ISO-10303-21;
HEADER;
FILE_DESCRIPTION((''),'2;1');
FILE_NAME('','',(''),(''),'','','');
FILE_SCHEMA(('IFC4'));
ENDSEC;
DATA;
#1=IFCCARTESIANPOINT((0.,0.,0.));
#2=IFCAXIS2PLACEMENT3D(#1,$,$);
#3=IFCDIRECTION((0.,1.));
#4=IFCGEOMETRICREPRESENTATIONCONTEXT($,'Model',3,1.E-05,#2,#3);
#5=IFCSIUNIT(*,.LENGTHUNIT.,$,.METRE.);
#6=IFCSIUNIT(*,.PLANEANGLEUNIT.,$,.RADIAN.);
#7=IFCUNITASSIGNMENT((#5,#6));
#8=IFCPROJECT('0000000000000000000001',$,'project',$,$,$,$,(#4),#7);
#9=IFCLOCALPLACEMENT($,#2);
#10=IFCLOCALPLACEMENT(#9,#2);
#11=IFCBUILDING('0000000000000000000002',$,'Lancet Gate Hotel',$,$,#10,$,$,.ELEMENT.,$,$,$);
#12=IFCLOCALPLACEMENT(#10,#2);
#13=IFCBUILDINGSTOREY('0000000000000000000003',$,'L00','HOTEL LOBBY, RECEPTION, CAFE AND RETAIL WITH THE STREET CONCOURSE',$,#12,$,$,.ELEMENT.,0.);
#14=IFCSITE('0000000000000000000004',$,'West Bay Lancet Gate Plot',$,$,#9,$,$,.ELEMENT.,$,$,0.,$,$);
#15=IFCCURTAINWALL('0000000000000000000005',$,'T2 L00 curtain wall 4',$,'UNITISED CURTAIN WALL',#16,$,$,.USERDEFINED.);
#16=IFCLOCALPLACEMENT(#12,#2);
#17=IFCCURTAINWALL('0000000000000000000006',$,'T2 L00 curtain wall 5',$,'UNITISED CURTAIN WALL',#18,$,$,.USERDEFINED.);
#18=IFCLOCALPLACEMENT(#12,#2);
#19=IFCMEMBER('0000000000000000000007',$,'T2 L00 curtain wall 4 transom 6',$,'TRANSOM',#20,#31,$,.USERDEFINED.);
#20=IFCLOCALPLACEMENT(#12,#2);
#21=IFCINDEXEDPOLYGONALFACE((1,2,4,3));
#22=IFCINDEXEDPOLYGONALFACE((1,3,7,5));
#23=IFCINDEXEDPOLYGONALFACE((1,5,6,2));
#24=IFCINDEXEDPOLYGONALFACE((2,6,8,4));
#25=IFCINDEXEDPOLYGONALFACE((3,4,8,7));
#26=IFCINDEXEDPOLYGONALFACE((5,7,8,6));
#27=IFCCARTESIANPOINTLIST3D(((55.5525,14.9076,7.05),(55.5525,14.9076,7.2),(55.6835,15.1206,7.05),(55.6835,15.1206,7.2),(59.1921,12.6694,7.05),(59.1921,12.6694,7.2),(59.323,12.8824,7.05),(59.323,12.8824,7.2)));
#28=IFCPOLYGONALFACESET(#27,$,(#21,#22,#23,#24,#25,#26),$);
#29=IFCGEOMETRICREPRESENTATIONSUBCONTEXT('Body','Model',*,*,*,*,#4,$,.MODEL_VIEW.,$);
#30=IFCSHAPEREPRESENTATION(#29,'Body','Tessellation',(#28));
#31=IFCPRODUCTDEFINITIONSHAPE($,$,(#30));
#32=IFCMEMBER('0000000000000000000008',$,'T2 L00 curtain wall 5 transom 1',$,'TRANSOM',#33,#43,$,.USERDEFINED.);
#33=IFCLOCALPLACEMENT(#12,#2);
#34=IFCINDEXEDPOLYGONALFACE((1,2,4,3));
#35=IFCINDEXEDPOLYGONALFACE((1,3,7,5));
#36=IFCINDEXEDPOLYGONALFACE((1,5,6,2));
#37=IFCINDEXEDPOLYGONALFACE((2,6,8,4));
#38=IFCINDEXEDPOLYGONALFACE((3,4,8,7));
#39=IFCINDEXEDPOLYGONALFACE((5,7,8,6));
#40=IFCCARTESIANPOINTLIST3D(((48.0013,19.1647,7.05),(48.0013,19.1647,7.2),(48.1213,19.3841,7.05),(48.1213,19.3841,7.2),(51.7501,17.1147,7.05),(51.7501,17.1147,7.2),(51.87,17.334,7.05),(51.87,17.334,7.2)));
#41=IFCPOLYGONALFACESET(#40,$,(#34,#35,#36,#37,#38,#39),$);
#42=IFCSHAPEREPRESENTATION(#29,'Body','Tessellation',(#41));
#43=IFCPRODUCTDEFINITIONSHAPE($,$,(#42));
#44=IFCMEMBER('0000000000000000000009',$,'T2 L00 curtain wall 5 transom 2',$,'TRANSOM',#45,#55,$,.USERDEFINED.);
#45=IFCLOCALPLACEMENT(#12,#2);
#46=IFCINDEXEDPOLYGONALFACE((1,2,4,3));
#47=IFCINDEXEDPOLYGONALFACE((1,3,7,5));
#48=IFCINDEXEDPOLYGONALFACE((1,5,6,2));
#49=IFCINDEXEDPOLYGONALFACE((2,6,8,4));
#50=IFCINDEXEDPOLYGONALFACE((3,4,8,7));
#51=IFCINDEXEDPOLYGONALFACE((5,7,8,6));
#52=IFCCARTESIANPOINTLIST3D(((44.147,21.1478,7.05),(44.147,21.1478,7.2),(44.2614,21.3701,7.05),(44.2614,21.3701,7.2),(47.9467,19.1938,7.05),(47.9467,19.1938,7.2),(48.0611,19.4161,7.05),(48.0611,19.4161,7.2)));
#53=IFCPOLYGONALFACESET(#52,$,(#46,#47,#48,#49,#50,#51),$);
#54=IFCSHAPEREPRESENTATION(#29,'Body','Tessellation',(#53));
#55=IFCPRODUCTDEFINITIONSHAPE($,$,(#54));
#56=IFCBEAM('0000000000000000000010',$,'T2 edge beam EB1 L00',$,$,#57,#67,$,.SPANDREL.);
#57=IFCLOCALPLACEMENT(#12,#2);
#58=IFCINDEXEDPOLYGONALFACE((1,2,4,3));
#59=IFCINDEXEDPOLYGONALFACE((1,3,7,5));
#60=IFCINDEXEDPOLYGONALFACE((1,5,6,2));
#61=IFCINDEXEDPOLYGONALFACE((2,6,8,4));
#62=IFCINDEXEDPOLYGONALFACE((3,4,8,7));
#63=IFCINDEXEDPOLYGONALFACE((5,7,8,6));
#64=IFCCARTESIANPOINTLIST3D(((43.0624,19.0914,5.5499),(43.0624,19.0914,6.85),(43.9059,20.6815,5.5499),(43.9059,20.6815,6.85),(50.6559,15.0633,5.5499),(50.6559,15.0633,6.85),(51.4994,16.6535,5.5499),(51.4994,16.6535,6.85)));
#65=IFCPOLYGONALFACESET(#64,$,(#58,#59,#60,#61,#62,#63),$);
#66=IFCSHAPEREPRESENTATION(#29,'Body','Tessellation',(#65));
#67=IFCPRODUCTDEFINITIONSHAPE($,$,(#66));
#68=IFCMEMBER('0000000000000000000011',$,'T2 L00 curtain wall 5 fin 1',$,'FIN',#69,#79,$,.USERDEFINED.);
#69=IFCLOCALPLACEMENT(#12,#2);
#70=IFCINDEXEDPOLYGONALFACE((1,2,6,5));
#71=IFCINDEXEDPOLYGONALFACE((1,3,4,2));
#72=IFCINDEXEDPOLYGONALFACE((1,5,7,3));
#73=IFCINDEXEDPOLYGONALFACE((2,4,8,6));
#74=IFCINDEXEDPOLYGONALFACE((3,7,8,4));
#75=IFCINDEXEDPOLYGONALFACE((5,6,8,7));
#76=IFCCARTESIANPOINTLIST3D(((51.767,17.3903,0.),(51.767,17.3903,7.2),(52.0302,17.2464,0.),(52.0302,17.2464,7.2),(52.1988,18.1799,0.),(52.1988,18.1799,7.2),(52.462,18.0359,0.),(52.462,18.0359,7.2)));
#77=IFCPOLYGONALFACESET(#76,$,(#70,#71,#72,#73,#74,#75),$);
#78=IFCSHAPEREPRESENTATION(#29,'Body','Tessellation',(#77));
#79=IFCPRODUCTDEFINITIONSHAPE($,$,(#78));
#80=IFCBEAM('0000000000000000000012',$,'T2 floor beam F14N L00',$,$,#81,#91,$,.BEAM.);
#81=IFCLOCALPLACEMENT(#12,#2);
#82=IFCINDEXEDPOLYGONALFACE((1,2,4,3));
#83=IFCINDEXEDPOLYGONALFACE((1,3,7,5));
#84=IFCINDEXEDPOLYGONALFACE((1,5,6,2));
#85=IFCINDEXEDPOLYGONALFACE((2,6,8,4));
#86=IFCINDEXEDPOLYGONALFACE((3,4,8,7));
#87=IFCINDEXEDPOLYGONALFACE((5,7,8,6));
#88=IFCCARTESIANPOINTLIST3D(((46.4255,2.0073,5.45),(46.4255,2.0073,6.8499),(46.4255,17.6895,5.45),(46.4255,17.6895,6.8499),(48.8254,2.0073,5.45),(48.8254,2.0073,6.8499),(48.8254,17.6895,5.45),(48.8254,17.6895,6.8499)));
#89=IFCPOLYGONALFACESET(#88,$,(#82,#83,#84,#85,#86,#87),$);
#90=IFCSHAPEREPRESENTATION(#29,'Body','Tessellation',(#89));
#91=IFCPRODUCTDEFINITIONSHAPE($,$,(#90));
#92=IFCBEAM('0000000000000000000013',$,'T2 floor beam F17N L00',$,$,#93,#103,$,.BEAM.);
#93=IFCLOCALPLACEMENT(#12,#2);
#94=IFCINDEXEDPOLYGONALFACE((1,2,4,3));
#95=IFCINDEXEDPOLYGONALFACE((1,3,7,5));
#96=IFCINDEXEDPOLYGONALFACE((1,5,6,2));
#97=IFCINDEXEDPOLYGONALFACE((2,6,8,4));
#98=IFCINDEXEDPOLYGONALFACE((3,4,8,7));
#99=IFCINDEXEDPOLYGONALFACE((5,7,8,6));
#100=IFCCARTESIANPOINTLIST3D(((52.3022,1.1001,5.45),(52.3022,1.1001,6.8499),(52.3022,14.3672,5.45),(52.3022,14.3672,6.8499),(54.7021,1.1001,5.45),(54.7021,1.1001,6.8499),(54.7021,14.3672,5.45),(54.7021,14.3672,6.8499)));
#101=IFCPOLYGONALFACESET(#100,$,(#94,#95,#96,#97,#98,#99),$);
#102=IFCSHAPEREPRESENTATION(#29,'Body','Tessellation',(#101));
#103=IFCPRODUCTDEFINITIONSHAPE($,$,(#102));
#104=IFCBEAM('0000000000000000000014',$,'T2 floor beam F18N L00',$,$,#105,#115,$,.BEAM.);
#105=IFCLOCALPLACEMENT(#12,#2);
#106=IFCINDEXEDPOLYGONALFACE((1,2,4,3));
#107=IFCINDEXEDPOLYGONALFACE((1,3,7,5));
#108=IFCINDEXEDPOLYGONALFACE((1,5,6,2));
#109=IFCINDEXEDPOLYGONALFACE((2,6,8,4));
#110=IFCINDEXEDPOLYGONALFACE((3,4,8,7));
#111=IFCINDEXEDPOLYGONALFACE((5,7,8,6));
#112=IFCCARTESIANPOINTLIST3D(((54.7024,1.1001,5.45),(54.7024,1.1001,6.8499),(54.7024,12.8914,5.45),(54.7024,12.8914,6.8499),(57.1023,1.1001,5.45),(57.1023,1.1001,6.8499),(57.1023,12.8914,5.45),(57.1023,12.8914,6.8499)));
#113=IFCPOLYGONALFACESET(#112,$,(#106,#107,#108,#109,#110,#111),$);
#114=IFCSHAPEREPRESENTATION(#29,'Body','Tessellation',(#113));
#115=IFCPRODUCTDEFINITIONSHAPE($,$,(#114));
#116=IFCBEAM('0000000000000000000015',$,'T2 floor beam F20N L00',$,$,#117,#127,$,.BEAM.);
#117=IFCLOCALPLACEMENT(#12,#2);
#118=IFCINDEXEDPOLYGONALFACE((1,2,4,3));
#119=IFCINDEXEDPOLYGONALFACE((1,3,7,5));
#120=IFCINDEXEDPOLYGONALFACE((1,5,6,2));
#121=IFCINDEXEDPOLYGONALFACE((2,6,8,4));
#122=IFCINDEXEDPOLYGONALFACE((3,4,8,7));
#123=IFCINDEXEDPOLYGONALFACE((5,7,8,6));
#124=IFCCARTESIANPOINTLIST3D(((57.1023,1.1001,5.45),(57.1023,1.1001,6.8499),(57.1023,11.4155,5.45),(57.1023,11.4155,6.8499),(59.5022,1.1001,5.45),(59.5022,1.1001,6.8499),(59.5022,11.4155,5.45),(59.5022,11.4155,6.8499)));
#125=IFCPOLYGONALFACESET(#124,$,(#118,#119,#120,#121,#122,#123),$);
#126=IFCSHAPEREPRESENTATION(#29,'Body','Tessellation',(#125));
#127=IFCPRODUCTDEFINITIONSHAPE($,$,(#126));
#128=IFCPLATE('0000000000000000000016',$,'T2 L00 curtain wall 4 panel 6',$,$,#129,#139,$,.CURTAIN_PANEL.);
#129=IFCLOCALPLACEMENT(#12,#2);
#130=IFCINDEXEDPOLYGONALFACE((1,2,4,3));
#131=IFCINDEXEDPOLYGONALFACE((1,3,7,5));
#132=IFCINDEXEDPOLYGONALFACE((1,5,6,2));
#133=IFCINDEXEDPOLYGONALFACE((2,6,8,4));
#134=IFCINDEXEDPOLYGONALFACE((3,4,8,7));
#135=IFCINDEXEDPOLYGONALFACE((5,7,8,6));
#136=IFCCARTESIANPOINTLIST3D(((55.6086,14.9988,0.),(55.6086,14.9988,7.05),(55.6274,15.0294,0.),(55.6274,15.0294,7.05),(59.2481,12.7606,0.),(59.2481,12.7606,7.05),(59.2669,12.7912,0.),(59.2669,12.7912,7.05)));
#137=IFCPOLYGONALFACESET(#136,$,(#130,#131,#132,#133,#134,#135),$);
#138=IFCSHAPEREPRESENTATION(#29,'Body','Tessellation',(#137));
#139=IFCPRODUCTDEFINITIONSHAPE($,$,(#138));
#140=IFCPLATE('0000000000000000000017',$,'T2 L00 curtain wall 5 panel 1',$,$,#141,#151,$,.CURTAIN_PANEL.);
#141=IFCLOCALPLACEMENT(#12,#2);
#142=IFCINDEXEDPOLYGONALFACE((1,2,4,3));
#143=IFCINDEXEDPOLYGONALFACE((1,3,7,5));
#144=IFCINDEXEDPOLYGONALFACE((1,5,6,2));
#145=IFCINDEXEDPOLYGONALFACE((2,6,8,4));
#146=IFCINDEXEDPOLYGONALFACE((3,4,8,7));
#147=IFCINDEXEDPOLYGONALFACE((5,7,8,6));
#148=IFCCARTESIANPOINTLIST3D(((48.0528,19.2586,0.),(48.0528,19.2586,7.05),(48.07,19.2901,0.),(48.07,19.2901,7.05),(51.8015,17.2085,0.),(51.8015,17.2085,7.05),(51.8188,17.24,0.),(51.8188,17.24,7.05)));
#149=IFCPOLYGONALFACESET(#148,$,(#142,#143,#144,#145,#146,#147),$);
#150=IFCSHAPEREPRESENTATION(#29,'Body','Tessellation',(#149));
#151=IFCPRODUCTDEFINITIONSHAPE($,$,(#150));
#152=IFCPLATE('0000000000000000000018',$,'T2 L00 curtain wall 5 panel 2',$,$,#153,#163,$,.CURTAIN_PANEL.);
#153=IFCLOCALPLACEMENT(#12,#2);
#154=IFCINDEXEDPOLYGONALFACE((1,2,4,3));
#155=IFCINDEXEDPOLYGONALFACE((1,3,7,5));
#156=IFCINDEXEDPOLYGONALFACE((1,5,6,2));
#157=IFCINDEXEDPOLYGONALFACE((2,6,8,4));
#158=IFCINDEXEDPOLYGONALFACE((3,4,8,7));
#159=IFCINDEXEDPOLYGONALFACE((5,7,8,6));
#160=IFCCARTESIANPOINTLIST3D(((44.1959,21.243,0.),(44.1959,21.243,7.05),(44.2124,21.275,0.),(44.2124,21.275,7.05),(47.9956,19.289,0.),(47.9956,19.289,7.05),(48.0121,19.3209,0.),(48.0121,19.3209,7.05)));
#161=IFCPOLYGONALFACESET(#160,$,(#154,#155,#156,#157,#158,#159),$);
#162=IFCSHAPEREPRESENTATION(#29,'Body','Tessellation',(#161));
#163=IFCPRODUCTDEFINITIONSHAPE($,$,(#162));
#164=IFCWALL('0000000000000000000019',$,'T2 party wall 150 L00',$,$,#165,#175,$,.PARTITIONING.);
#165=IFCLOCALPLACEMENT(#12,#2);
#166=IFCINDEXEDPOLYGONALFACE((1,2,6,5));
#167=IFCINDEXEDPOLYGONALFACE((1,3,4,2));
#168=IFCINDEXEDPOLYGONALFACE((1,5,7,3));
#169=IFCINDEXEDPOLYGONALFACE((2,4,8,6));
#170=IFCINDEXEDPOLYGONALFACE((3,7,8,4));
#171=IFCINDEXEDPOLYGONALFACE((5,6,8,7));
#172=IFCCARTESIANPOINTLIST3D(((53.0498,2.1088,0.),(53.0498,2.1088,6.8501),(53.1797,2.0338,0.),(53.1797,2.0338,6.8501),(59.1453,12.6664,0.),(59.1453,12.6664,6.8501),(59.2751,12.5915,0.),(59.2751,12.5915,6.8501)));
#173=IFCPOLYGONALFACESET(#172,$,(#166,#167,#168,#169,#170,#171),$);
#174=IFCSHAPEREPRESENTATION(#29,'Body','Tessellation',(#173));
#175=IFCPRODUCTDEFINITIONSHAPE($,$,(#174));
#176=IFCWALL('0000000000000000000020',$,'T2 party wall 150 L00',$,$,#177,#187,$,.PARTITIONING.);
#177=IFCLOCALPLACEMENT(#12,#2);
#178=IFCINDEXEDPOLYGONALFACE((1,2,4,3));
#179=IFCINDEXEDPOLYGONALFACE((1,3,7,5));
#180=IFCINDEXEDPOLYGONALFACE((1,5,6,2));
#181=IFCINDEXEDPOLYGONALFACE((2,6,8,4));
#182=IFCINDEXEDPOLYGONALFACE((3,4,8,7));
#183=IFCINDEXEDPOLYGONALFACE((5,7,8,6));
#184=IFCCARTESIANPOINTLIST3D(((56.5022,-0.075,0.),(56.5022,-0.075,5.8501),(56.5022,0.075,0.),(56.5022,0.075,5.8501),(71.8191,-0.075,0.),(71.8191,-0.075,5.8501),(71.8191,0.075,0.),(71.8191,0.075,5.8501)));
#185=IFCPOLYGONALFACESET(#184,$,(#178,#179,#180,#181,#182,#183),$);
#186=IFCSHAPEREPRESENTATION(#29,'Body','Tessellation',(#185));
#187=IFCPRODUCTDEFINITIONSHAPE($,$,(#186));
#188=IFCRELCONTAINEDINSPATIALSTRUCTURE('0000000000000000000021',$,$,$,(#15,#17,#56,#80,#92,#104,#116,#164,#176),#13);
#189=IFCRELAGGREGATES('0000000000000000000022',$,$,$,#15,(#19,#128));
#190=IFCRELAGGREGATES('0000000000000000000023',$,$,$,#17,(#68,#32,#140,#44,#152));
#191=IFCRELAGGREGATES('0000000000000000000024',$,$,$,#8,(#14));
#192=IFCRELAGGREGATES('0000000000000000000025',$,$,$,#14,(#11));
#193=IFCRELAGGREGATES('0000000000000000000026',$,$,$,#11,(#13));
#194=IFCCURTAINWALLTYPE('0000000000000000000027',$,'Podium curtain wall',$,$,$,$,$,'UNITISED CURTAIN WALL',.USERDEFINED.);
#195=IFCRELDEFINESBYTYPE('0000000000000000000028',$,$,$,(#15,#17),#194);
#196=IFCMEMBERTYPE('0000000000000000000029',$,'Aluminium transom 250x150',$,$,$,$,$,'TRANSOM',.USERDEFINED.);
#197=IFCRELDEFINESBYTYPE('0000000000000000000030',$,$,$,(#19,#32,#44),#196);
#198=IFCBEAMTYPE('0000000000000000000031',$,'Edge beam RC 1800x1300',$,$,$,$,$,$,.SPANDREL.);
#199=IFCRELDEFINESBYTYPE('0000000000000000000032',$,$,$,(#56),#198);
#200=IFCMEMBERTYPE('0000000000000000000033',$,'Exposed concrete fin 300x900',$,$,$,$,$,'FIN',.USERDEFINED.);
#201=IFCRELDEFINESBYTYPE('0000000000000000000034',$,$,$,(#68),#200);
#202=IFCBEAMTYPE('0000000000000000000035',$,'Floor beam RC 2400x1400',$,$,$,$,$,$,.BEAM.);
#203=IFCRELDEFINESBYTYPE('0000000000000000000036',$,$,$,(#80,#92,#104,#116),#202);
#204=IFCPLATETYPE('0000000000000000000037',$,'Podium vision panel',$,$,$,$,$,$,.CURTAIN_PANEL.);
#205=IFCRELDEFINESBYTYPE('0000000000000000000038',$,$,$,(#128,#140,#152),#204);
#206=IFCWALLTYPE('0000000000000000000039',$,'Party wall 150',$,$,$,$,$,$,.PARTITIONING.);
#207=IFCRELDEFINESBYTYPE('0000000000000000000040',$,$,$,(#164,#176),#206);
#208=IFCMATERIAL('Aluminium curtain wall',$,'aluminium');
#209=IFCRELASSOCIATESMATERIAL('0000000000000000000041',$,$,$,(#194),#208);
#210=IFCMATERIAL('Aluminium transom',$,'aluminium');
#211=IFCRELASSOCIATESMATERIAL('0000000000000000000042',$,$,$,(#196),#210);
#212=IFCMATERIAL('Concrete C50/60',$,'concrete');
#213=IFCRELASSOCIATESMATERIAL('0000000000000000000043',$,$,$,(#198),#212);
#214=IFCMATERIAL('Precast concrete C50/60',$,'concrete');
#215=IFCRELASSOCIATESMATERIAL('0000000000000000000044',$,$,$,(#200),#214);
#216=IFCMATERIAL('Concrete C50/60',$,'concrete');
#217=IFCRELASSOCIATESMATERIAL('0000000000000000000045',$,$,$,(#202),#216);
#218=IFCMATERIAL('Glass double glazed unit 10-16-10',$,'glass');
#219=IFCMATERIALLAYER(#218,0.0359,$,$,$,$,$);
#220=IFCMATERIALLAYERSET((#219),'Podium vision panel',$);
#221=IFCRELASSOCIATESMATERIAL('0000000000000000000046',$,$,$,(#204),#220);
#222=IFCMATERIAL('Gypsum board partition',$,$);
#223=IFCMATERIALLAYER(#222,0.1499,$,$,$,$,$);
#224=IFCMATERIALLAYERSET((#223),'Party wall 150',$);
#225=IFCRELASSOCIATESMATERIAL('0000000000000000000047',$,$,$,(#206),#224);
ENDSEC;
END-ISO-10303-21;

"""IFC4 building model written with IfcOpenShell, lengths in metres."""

from ifc_helpers import new_model, si_unit, direction, frame, frame_2d, origin, origin_2d, place, context, subcontext, project, spatial, rectangle, extrude, material, layer, layer_set, material_profile, profile_set, type_object, element, aggregate, save


model = new_model("IFC4")

# Units and contexts
model_context = context("Model", 3, precision=1e-05, world=origin(), true_north=direction((0.0, 1.0)))
body_context = subcontext(model_context, "Body", "Model", "MODEL_VIEW")
ifc_project = project(units=[si_unit("LENGTHUNIT", "METRE"), si_unit("PLANEANGLEUNIT", "RADIAN")], contexts=[model_context])

# Site, building, storey
site_placement = place(None, origin())
site = spatial("IfcSite", under=ifc_project, at=site_placement, Name="West Bay Lancet Gate Plot", CompositionType="ELEMENT", RefElevation=0.0)
building_placement = place(site_placement, origin())
building = spatial("IfcBuilding", under=site, at=building_placement, Name="Lancet Gate Hotel", CompositionType="ELEMENT")
storey_placement = place(building_placement, origin())
storey = spatial("IfcBuildingStorey", under=building, at=storey_placement, Name="L00", Description="HOTEL LOBBY, RECEPTION, CAFE AND RETAIL WITH THE STREET CONCOURSE", CompositionType="ELEMENT", Elevation=0.0)

# Curtain walls
ifc_material_1 = material(Name="Aluminium curtain wall", Category="aluminium")
curtain_wall_type = type_object("IfcCurtainWallType", Name="Podium curtain wall", ElementType="UNITISED CURTAIN WALL", PredefinedType="USERDEFINED", material=ifc_material_1)
curtain_wall_1_placement = place(storey_placement, origin())
curtain_wall_1 = element("IfcCurtainWall", 1, at=curtain_wall_1_placement, inside=storey, type_object=curtain_wall_type, Name="T2 L00 curtain wall 4", ObjectType="UNITISED CURTAIN WALL", PredefinedType="USERDEFINED")
curtain_wall_2_placement = place(storey_placement, origin())
curtain_wall_2 = element("IfcCurtainWall", 2, at=curtain_wall_2_placement, inside=storey, type_object=curtain_wall_type, Name="T2 L00 curtain wall 5", ObjectType="UNITISED CURTAIN WALL", PredefinedType="USERDEFINED")

# Members
ifc_material_2 = material(Name="Aluminium transom", Category="aluminium")
ifc_material_profile_1 = material_profile(ifc_material_2, rectangle(XDim=0.25, YDim=0.1499, at=origin_2d()), Name="TRANSOM 250x150")
ifc_profile_set_1 = profile_set([ifc_material_profile_1], Name="Aluminium transom")
member_type_1 = type_object("IfcMemberType", Name="Aluminium transom 250x150", ElementType="TRANSOM", PredefinedType="USERDEFINED", material=ifc_profile_set_1)
member_1_placement = place(storey_placement, frame((59.2576, 12.7759, 7.125), z_axis=(-0.851815, 0.523842, 0.0), x_axis=(-0.523842, -0.851815, 0.0)))
member_1 = element("IfcMember", 3, at=member_1_placement, type_object=member_type_1, Name="T2 L00 curtain wall 4 transom 6", ObjectType="TRANSOM", PredefinedType="USERDEFINED", context=body_context, shape_type="SweptSolid", body=[
    extrude(rectangle(XDim=0.25, YDim=0.1499, at=origin_2d()), origin(), (0.0, 0.0, 1.0), 4.2727),
])
member_2_placement = place(storey_placement, frame((51.8101, 17.2244, 7.125), z_axis=(-0.877378, 0.479801, 0.0), x_axis=(-0.479801, -0.877378, 0.0)))
member_2 = element("IfcMember", 4, at=member_2_placement, type_object=member_type_1, Name="T2 L00 curtain wall 5 transom 1", ObjectType="TRANSOM", PredefinedType="USERDEFINED", context=body_context, shape_type="SweptSolid", body=[
    extrude(rectangle(XDim=0.25, YDim=0.1499, at=origin_2d()), origin(), (0.0, 0.0, 1.0), 4.2727),
])
member_3_placement = place(storey_placement, frame((48.0039, 19.3049, 7.125), z_axis=(-0.889296, 0.457333, 0.0), x_axis=(-0.457333, -0.889296, 0.0)))
member_3 = element("IfcMember", 5, at=member_3_placement, type_object=member_type_1, Name="T2 L00 curtain wall 5 transom 2", ObjectType="TRANSOM", PredefinedType="USERDEFINED", context=body_context, shape_type="SweptSolid", body=[
    extrude(rectangle(XDim=0.25, YDim=0.1499, at=origin_2d()), origin(), (0.0, 0.0, 1.0), 4.2727),
])

# Beam
ifc_material_3 = material(Name="Concrete C50/60", Category="concrete")
ifc_material_profile_2 = material_profile(ifc_material_3, rectangle(XDim=1.8, YDim=1.3, at=origin_2d()), Name="RC 1800x1300")
ifc_profile_set_2 = profile_set([ifc_material_profile_2], Name="Concrete C50/60")
beam_type_1 = type_object("IfcBeamType", Name="Edge beam RC 1800x1300", PredefinedType="SPANDREL", material=ifc_profile_set_2)
beam_1_placement = place(storey_placement, frame((51.0776, 15.8584, 6.2), z_axis=(-0.883403, 0.468613, 0.0), x_axis=(-0.468613, -0.883403, 0.0)))
element("IfcBeam", 6, at=beam_1_placement, inside=storey, type_object=beam_type_1, Name="T2 edge beam EB1 L00", PredefinedType="SPANDREL", context=body_context, shape_type="SweptSolid", body=[
    extrude(rectangle(XDim=1.8, YDim=1.3, at=origin_2d()), origin(), (0.0, 0.0, 1.0), 8.5957),
])

# Member
ifc_material_4 = material(Name="Precast concrete C50/60", Category="concrete")
ifc_material_profile_3 = material_profile(ifc_material_4, rectangle(XDim=0.3, YDim=0.8999, at=origin_2d()), Name="FIN 300x900")
ifc_profile_set_3 = profile_set([ifc_material_profile_3], Name="Precast concrete C50/60")
member_type_2 = type_object("IfcMemberType", Name="Exposed concrete fin 300x900", ElementType="FIN", PredefinedType="USERDEFINED", material=ifc_profile_set_3)
member_4_placement = place(storey_placement, frame((52.1145, 17.7131, 0.0), z_axis=(0.0, 0.0, 1.0), x_axis=(-0.877368, 0.479818, 0.0)))
member_4 = element("IfcMember", 7, at=member_4_placement, type_object=member_type_2, Name="T2 L00 curtain wall 5 fin 1", ObjectType="FIN", PredefinedType="USERDEFINED", context=body_context, shape_type="SweptSolid", body=[
    extrude(rectangle(XDim=0.3, YDim=0.8999, at=origin_2d()), origin(), (0.0, 0.0, 1.0), 7.2),
])

# Beams
ifc_material_5 = material(Name="Concrete C50/60", Category="concrete")
ifc_material_profile_4 = material_profile(ifc_material_5, rectangle(XDim=2.3999, YDim=1.3999, at=origin_2d()), Name="RC 2400x1400")
ifc_profile_set_4 = profile_set([ifc_material_profile_4], Name="Concrete C50/60")
beam_type_2 = type_object("IfcBeamType", Name="Floor beam RC 2400x1400", PredefinedType="BEAM", material=ifc_profile_set_4)
beam_2_placement = place(storey_placement, frame((47.6255, 2.0073, 6.1499), z_axis=(0.0, 1.0, 0.0), x_axis=(-1.0, 0.0, 0.0)))
element("IfcBeam", 8, at=beam_2_placement, inside=storey, type_object=beam_type_2, Name="T2 floor beam F14N L00", PredefinedType="BEAM", context=body_context, shape_type="SweptSolid", body=[
    extrude(rectangle(XDim=2.3999, YDim=1.3999, at=origin_2d()), origin(), (0.0, 0.0, 1.0), 15.6821),
])
beam_3_placement = place(storey_placement, frame((53.5022, 1.1001, 6.1499), z_axis=(0.0, 1.0, 0.0), x_axis=(-1.0, 0.0, 0.0)))
element("IfcBeam", 9, at=beam_3_placement, inside=storey, type_object=beam_type_2, Name="T2 floor beam F17N L00", PredefinedType="BEAM", context=body_context, shape_type="SweptSolid", body=[
    extrude(rectangle(XDim=2.3999, YDim=1.3999, at=origin_2d()), origin(), (0.0, 0.0, 1.0), 13.2671),
])
beam_4_placement = place(storey_placement, frame((55.9023, 1.1001, 6.1499), z_axis=(0.0, 1.0, 0.0), x_axis=(-1.0, 0.0, 0.0)))
element("IfcBeam", 10, at=beam_4_placement, inside=storey, type_object=beam_type_2, Name="T2 floor beam F18N L00", PredefinedType="BEAM", context=body_context, shape_type="SweptSolid", body=[
    extrude(rectangle(XDim=2.3999, YDim=1.3999, at=origin_2d()), origin(), (0.0, 0.0, 1.0), 11.7913),
])
beam_5_placement = place(storey_placement, frame((58.3022, 1.1001, 6.1499), z_axis=(0.0, 1.0, 0.0), x_axis=(-1.0, 0.0, 0.0)))
element("IfcBeam", 11, at=beam_5_placement, inside=storey, type_object=beam_type_2, Name="T2 floor beam F20N L00", PredefinedType="BEAM", context=body_context, shape_type="SweptSolid", body=[
    extrude(rectangle(XDim=2.3999, YDim=1.3999, at=origin_2d()), origin(), (0.0, 0.0, 1.0), 10.3154),
])

# Plates
ifc_material_6 = material(Name="Glass double glazed unit 10-16-10", Category="glass")
ifc_layer_1 = layer(ifc_material_6, 0.0359)
ifc_layer_set_1 = layer_set([ifc_layer_1], Name="Podium vision panel")
plate_type = type_object("IfcPlateType", Name="Podium vision panel", PredefinedType="CURTAIN_PANEL", material=ifc_layer_set_1)
plate_1_placement = place(storey_placement, frame((57.4377, 13.895, 0.0), z_axis=(0.0, 0.0, 1.0), x_axis=(-0.851815, 0.523842, 0.0)))
plate_1 = element("IfcPlate", 12, at=plate_1_placement, type_object=plate_type, Name="T2 L00 curtain wall 4 panel 6", PredefinedType="CURTAIN_PANEL", context=body_context, shape_type="SweptSolid", body=[
    extrude(rectangle(XDim=4.2727, YDim=0.0359, at=origin_2d()), origin(), (0.0, 0.0, 1.0), 7.05),
])
aggregate(curtain_wall_1, [member_1, plate_1])
plate_2_placement = place(storey_placement, frame((49.9358, 18.2493, 0.0), z_axis=(0.0, 0.0, 1.0), x_axis=(-0.877368, 0.479818, 0.0)))
plate_2 = element("IfcPlate", 13, at=plate_2_placement, type_object=plate_type, Name="T2 L00 curtain wall 5 panel 1", PredefinedType="CURTAIN_PANEL", context=body_context, shape_type="SweptSolid", body=[
    extrude(rectangle(XDim=4.2727, YDim=0.0359, at=origin_2d()), origin(), (0.0, 0.0, 1.0), 7.05),
])
plate_3_placement = place(storey_placement, frame((46.104, 20.282, 0.0), z_axis=(0.0, 0.0, 1.0), x_axis=(-0.889296, 0.457332, 0.0)))
plate_3 = element("IfcPlate", 14, at=plate_3_placement, type_object=plate_type, Name="T2 L00 curtain wall 5 panel 2", PredefinedType="CURTAIN_PANEL", context=body_context, shape_type="SweptSolid", body=[
    extrude(rectangle(XDim=4.2727, YDim=0.0359, at=origin_2d()), origin(), (0.0, 0.0, 1.0), 7.05),
])
aggregate(curtain_wall_2, [member_4, member_2, plate_2, member_3, plate_3])

# Walls
ifc_material_7 = material(Name="Gypsum board partition")
ifc_layer_2 = layer(ifc_material_7, 0.1499)
ifc_layer_set_2 = layer_set([ifc_layer_2], Name="Party wall 150")
wall_type_1 = type_object("IfcWallType", Name="Party wall 150", PredefinedType="PARTITIONING", material=ifc_layer_set_2)
wall_1_placement = place(storey_placement, frame((53.1147, 2.0713, 0.0), z_axis=(0.0, 0.0, 1.0), x_axis=(0.500001, 0.866025, 0.0)))
element("IfcWall", 15, at=wall_1_placement, inside=storey, type_object=wall_type_1, Name="T2 party wall 150 L00", PredefinedType="PARTITIONING", context=body_context, shape_type="SweptSolid", body=[
    extrude(rectangle(XDim=12.1909, YDim=0.1499, at=frame_2d((6.0955, 0.0))), origin(), (0.0, 0.0, 1.0), 6.8501),
])
wall_2_placement = place(storey_placement, frame((56.5022, 0.0, 0.0), z_axis=(0.0, 0.0, 1.0), x_axis=(1.0, 0.0, 0.0)))
element("IfcWall", 16, at=wall_2_placement, inside=storey, type_object=wall_type_1, Name="T2 party wall 150 L00", PredefinedType="PARTITIONING", context=body_context, shape_type="SweptSolid", body=[
    extrude(rectangle(XDim=15.3169, YDim=0.1499, at=frame_2d((7.6584, 0.0))), origin(), (0.0, 0.0, 1.0), 5.8501),
])

save(model, "model.ifc")
